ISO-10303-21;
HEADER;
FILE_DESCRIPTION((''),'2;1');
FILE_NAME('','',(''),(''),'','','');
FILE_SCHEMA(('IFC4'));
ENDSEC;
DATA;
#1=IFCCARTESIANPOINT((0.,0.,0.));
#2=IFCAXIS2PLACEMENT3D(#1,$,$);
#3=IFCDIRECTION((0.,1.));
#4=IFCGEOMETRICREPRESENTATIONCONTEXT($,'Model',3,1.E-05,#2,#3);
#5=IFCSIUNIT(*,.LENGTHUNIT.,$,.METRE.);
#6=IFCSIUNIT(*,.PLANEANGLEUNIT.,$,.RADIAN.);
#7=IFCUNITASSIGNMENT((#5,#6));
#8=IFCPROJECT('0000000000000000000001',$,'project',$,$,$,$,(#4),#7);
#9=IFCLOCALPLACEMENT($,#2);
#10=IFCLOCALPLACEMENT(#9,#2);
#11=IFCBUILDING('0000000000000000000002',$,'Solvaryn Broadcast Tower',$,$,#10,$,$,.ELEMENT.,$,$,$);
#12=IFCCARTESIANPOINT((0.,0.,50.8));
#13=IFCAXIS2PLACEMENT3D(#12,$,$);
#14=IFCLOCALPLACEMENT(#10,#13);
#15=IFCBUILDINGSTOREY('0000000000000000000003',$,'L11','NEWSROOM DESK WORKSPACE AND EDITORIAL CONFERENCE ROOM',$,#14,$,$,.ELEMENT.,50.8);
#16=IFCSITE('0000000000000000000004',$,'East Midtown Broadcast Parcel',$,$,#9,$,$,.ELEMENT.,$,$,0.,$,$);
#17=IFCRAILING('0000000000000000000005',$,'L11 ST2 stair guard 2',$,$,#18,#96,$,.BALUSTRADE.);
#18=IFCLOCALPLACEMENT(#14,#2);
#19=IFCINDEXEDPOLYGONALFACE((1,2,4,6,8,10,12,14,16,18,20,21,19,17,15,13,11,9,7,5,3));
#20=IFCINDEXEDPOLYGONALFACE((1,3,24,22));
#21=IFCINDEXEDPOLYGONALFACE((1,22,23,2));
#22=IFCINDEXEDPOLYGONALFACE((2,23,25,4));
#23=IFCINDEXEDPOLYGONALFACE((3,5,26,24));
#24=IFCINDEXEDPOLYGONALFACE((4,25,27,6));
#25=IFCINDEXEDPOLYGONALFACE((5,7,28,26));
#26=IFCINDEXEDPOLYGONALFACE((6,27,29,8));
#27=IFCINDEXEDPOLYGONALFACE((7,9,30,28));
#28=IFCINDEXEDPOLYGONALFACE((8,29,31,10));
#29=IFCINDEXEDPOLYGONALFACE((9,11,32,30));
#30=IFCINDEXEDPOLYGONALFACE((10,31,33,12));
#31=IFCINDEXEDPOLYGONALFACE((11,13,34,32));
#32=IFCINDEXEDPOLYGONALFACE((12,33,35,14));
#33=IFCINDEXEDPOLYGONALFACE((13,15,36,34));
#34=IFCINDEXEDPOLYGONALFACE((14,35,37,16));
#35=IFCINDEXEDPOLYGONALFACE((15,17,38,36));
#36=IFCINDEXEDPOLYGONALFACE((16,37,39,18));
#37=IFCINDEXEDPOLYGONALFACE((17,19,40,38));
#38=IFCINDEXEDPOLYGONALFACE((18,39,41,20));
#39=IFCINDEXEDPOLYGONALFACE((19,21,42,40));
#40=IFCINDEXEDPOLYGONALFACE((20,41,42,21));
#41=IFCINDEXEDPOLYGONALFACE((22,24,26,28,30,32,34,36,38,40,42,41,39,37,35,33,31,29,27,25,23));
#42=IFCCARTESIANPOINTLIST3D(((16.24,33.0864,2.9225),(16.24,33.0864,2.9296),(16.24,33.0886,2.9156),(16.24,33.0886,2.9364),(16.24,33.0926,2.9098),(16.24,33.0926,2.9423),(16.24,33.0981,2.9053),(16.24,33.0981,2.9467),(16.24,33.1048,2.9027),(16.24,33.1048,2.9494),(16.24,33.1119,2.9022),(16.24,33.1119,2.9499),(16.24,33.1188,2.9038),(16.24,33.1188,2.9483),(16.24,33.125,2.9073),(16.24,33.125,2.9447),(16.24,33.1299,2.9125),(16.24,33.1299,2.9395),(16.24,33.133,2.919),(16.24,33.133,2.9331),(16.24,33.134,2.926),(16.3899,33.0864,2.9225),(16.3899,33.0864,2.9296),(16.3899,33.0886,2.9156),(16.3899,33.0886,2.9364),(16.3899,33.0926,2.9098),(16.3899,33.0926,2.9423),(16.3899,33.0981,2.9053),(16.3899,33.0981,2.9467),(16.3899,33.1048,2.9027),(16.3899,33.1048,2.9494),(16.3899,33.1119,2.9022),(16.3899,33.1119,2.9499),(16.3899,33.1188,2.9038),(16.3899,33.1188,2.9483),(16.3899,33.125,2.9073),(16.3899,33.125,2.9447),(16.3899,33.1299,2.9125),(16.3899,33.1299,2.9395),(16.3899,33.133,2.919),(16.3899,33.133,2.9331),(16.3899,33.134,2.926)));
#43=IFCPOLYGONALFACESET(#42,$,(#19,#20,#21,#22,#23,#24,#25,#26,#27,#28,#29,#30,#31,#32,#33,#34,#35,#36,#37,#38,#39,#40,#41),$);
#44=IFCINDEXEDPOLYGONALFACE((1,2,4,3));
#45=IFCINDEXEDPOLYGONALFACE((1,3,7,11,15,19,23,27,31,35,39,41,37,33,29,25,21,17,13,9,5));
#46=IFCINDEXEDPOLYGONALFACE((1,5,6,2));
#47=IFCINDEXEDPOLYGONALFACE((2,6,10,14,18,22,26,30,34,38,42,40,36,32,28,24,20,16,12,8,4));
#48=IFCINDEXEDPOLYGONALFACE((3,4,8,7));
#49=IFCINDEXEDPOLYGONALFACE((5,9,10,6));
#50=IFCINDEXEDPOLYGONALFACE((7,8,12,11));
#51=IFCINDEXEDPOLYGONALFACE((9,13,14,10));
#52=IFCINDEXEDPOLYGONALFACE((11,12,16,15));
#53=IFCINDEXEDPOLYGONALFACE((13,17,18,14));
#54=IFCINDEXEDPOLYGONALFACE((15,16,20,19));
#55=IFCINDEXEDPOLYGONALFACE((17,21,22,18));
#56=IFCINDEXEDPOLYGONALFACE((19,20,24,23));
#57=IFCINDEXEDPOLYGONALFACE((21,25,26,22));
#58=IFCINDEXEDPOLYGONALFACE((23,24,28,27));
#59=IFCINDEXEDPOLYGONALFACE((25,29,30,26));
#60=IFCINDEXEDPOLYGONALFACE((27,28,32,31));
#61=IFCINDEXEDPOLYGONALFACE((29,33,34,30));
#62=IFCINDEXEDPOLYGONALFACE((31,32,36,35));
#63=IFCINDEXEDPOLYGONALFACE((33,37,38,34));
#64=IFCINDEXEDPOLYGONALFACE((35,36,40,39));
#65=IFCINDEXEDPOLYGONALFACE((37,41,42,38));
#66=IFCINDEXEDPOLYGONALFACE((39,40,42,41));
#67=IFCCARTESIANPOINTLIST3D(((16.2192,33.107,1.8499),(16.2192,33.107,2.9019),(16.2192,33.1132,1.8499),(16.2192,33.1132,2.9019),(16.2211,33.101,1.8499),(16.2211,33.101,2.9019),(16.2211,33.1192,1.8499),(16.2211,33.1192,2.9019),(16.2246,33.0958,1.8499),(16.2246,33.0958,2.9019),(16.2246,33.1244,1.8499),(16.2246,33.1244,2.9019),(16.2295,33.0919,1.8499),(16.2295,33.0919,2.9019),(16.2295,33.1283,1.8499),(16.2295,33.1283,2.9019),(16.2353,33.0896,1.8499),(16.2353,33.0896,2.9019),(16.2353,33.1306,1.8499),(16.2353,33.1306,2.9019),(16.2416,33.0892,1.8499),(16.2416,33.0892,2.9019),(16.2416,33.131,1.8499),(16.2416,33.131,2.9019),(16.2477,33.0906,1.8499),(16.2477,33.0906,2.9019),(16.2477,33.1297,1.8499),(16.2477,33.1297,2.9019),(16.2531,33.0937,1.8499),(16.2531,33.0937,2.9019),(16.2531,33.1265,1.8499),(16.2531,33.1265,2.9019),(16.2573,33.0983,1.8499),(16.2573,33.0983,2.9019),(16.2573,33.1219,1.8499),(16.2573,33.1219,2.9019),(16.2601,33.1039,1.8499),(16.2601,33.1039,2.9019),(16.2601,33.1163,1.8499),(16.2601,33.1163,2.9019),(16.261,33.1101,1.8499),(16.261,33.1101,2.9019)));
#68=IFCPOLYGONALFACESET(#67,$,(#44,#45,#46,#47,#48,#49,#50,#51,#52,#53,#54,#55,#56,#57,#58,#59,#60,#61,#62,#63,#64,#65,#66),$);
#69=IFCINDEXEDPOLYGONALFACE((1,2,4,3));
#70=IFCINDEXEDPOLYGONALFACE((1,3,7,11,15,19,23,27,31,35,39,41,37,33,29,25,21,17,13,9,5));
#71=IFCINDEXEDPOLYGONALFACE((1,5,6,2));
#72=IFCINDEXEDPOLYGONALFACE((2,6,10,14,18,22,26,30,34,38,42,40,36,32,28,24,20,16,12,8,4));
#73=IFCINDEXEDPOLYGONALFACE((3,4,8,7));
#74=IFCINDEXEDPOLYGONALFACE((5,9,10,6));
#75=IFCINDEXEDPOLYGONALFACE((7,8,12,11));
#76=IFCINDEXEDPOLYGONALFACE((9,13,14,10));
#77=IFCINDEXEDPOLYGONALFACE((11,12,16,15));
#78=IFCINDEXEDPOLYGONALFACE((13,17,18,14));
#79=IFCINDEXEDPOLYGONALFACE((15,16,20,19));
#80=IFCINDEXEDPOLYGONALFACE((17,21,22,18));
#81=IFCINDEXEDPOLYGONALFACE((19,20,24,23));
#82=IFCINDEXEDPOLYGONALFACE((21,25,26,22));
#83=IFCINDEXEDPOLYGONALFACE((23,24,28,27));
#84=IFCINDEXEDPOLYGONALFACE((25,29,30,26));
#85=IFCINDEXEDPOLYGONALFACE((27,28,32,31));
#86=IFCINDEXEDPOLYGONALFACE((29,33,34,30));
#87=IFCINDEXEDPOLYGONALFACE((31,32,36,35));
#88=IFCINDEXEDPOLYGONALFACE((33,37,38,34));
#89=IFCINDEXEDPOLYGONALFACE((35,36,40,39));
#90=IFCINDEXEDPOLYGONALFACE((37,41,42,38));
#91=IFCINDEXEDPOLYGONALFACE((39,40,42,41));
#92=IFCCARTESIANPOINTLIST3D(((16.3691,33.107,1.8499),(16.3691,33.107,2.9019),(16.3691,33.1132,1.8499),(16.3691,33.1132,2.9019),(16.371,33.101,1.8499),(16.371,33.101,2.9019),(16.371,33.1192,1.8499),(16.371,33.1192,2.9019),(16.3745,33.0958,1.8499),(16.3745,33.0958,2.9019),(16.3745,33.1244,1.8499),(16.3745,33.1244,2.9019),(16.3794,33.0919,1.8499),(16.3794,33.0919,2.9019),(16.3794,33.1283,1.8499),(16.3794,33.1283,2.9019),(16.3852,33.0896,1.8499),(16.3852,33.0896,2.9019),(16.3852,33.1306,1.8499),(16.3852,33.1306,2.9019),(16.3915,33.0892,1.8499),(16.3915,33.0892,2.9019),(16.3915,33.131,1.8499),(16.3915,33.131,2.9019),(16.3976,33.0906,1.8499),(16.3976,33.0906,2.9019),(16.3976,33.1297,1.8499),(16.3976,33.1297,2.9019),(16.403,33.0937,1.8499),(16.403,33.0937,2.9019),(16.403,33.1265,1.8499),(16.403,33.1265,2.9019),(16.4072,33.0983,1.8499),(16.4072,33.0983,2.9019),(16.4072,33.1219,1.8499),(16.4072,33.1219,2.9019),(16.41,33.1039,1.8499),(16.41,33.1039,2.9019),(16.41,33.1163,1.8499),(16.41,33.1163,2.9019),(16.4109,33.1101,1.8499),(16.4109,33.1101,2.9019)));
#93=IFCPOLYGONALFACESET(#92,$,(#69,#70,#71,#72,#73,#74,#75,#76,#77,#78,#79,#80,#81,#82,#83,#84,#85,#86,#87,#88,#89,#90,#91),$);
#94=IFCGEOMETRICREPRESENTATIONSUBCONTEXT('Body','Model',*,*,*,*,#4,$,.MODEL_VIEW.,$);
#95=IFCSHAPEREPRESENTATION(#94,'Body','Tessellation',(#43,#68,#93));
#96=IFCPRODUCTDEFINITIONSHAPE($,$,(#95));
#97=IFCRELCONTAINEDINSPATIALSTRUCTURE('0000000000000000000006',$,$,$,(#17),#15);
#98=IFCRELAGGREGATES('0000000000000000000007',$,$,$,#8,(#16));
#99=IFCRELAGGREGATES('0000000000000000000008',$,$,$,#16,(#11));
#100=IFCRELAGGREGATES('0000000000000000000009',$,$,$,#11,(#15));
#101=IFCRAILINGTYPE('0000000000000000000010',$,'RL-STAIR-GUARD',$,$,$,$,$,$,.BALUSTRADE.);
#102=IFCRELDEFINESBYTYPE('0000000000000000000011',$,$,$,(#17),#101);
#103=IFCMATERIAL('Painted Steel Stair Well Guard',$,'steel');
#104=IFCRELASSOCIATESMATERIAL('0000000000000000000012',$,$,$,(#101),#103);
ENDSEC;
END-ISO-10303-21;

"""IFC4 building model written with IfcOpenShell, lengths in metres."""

from ifc_helpers import new_model, si_unit, direction, frame, origin, origin_2d, place, context, subcontext, project, spatial, circle, extrude, material, type_object, element, save


model = new_model("IFC4")

# Units and contexts
model_context = context("Model", 3, precision=1e-05, world=origin(), true_north=direction((0.0, 1.0)))
body_context = subcontext(model_context, "Body", "Model", "MODEL_VIEW")
ifc_project = project(units=[si_unit("LENGTHUNIT", "METRE"), si_unit("PLANEANGLEUNIT", "RADIAN")], contexts=[model_context])

# Site, building, storey
site_placement = place(None, origin())
site = spatial("IfcSite", under=ifc_project, at=site_placement, Name="East Midtown Broadcast Parcel", CompositionType="ELEMENT", RefElevation=0.0)
building_placement = place(site_placement, origin())
building = spatial("IfcBuilding", under=site, at=building_placement, Name="Solvaryn Broadcast Tower", CompositionType="ELEMENT")
storey_placement = place(building_placement, frame((0.0, 0.0, 50.8)))
storey = spatial("IfcBuildingStorey", under=building, at=storey_placement, Name="L11", Description="NEWSROOM DESK WORKSPACE AND EDITORIAL CONFERENCE ROOM", CompositionType="ELEMENT", Elevation=50.8)

# Railing
ifc_material_1 = material(Name="Painted Steel Stair Well Guard", Category="steel")
railing_type_1 = type_object("IfcRailingType", Name="RL-STAIR-GUARD", PredefinedType="BALUSTRADE", material=ifc_material_1)
railing_1_placement = place(storey_placement, frame((16.24, 33.1101, 1.8499)))
element("IfcRailing", 1, at=railing_1_placement, inside=storey, type_object=railing_type_1, Name="L11 ST2 stair guard 2", PredefinedType="BALUSTRADE", context=body_context, shape_type="SweptSolid", body=[
    extrude(circle(Radius=0.0239, at=origin_2d()), frame((0.0, 0.0, 1.0762), z_axis=(1.0, 0.0, 0.0), x_axis=(0.0, 1.0, 0.0)), (0.0, 0.0, 1.0), 0.1499),
    extrude(circle(Radius=0.021, at=origin_2d()), origin(), (0.0, 0.0, 1.0), 1.052),
    extrude(circle(Radius=0.021, at=origin_2d()), frame((0.1499, 0.0, 0.0)), (0.0, 0.0, 1.0), 1.052),
])

save(model, "model.ifc")
